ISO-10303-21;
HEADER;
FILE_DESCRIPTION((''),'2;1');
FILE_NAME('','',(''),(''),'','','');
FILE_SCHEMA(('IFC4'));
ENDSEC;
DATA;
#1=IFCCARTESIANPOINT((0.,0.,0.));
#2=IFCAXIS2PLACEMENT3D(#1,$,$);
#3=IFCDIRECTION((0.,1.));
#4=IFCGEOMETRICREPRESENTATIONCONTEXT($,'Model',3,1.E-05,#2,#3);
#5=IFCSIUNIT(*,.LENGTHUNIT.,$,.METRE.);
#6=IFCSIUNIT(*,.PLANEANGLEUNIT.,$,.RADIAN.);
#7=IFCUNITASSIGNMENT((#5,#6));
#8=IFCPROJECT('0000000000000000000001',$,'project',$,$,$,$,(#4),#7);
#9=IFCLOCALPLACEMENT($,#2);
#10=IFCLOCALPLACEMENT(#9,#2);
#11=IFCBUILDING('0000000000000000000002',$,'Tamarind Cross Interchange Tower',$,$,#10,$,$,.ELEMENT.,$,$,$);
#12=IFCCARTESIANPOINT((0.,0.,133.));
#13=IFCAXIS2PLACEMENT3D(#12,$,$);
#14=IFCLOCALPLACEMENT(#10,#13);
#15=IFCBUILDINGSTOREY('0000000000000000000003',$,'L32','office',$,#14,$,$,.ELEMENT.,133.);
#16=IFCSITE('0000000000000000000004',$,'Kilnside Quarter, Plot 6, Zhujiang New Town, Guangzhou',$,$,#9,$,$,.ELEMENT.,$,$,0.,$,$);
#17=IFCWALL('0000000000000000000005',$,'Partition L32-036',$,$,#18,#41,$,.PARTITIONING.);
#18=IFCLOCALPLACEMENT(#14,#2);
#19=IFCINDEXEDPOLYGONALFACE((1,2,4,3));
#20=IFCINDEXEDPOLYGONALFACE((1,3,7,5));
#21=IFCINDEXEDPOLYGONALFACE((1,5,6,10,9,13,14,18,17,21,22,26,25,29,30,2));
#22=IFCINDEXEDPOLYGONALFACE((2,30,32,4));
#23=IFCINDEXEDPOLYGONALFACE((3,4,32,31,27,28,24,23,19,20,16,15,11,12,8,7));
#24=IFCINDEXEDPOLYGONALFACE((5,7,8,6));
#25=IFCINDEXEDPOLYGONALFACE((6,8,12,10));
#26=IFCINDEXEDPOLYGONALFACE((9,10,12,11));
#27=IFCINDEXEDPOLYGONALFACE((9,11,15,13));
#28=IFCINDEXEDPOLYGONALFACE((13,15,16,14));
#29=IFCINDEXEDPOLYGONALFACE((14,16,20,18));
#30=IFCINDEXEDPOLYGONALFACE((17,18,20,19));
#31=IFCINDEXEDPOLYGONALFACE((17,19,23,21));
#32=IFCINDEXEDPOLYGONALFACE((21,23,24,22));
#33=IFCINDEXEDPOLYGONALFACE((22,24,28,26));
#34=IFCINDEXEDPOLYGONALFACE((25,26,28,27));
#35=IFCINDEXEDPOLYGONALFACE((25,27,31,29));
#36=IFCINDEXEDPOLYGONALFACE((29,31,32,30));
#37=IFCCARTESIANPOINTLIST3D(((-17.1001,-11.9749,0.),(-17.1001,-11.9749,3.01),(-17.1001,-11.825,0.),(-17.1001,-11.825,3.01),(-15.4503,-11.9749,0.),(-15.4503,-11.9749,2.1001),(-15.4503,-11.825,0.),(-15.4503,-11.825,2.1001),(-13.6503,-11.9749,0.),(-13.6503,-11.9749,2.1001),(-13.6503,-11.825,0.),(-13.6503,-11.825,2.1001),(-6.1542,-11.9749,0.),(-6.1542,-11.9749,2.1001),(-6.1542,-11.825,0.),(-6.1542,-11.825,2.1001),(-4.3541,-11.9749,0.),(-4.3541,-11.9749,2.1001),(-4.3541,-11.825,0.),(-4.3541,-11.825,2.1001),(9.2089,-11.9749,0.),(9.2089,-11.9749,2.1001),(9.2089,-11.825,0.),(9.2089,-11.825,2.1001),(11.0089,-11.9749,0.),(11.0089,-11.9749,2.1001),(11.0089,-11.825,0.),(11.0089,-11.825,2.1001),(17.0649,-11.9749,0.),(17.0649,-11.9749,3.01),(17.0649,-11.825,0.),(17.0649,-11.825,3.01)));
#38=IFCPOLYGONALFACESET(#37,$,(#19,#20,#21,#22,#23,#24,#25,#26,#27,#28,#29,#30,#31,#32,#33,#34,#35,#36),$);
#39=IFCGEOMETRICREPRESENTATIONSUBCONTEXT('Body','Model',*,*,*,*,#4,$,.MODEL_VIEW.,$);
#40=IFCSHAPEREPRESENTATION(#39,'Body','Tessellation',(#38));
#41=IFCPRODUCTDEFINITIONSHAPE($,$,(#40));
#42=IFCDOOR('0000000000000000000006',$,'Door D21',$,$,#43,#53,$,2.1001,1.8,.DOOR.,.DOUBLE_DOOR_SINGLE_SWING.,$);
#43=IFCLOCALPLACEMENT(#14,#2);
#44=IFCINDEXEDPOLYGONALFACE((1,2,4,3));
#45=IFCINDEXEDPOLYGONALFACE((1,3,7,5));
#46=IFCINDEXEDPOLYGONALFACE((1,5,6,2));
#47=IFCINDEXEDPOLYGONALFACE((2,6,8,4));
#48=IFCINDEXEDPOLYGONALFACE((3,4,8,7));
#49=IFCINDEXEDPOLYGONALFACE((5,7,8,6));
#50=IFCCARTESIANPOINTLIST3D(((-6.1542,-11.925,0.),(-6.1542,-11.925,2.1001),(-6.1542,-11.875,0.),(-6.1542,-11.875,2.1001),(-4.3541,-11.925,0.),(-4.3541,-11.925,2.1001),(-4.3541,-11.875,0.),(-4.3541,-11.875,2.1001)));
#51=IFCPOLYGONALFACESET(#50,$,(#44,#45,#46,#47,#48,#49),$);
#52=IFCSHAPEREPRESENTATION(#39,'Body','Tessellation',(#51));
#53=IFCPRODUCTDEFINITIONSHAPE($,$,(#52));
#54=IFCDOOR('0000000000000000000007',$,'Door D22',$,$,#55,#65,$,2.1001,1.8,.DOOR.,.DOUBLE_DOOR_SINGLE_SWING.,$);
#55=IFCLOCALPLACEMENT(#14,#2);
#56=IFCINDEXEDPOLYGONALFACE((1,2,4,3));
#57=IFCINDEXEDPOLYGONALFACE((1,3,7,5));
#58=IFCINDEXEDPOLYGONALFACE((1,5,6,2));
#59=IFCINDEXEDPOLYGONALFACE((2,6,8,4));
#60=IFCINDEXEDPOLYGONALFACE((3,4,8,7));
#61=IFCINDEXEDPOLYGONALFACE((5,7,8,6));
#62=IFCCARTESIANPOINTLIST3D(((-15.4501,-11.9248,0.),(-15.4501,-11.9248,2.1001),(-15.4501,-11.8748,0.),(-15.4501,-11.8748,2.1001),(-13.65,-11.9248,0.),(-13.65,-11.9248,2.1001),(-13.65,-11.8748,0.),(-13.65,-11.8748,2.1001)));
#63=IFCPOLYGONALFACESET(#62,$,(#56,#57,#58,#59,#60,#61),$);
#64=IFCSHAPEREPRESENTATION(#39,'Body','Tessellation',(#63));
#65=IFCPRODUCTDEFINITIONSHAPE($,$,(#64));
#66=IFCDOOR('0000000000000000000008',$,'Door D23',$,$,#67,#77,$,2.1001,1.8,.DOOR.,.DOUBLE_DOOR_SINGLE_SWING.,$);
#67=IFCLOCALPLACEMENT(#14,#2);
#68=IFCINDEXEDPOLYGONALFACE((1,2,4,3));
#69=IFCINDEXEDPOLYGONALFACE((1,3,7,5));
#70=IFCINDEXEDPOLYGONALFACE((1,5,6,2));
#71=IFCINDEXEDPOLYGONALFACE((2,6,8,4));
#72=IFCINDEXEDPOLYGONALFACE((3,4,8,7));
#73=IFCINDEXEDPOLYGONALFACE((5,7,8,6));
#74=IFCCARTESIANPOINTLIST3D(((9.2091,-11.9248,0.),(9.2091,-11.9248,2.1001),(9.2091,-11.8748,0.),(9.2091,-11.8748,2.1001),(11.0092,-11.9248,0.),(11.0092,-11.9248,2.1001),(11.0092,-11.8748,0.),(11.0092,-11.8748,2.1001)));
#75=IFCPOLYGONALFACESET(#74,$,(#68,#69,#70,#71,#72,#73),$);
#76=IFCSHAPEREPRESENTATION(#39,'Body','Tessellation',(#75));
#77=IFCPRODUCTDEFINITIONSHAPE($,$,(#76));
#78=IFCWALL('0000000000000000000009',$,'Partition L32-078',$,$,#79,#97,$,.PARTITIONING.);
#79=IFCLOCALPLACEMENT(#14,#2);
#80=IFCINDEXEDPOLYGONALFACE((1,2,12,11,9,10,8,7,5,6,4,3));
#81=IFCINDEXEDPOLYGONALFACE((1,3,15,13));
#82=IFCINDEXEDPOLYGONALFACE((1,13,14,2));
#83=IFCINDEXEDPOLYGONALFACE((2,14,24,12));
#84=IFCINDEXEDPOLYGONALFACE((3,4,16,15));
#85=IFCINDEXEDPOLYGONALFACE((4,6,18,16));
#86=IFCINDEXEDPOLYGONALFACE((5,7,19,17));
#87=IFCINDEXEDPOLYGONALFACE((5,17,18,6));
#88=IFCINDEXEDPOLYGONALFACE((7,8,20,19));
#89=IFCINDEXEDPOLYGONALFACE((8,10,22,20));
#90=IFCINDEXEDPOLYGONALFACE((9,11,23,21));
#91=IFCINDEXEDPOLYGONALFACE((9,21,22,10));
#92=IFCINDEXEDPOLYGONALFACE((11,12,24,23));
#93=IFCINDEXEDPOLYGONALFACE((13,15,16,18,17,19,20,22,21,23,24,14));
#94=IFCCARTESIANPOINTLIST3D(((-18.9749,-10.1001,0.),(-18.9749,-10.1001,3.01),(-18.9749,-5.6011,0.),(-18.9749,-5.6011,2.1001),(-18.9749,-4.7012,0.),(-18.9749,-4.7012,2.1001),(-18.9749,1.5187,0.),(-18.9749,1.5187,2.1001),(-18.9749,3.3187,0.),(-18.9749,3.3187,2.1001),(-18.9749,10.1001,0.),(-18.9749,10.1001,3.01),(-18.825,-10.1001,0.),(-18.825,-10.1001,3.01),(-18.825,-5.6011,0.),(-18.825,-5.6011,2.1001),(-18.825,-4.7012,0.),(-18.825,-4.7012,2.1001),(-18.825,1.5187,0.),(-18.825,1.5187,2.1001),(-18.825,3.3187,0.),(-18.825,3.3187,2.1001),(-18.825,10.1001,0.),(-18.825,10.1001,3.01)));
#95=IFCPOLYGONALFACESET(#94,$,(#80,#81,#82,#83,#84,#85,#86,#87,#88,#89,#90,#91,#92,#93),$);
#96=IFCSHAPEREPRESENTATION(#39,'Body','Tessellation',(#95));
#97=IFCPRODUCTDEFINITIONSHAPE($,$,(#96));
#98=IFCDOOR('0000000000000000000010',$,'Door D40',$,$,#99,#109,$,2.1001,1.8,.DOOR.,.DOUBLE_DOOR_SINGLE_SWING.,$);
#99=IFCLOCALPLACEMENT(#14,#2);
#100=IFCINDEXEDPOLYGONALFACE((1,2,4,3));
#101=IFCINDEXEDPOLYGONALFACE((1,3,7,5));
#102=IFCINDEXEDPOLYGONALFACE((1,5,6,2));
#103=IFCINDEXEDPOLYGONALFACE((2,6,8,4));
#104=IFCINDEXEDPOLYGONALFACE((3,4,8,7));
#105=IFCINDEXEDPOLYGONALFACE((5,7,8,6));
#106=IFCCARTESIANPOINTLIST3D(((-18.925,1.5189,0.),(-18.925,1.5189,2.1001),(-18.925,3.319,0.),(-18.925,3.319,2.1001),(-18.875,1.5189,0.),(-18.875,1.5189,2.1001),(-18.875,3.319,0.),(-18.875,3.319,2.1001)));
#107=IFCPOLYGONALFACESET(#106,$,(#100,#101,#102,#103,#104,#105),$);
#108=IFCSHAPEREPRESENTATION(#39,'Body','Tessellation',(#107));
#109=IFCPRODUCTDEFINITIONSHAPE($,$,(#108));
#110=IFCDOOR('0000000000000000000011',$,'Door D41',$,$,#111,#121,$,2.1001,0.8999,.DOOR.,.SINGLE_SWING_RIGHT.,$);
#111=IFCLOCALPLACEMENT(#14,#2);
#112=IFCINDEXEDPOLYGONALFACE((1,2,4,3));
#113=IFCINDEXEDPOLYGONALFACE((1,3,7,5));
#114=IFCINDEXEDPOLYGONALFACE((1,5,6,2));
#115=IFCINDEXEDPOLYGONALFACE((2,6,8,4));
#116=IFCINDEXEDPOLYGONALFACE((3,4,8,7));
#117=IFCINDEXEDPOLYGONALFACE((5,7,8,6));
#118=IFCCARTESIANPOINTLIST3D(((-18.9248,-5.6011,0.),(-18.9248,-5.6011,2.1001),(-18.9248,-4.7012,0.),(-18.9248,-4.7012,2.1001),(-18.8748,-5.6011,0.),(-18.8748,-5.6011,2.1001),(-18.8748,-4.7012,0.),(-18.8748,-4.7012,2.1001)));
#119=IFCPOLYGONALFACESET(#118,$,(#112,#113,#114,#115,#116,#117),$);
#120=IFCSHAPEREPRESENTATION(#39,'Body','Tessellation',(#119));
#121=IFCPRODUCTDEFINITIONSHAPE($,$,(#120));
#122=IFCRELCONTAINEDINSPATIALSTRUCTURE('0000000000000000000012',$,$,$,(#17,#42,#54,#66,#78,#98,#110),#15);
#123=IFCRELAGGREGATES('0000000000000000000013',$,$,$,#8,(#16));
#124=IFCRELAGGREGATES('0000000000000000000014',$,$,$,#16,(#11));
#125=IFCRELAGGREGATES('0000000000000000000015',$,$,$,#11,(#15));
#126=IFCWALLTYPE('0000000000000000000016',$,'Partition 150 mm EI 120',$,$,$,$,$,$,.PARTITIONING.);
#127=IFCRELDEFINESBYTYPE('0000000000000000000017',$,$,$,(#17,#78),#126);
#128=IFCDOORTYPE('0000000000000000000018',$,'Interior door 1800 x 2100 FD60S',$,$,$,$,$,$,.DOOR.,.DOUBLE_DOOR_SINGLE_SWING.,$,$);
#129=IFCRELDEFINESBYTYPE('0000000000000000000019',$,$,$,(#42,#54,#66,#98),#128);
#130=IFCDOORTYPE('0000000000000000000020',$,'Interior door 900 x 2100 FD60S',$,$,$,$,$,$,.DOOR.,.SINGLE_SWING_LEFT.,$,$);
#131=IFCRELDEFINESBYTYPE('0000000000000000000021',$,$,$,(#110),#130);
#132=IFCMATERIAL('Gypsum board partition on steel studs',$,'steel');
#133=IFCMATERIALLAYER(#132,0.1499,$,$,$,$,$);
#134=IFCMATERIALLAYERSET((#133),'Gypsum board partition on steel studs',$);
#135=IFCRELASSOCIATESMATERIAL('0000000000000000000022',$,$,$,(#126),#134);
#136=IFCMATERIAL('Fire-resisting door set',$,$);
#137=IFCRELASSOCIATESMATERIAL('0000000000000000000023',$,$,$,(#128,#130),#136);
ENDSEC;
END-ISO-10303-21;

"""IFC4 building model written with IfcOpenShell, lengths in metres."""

from ifc_helpers import new_model, si_unit, direction, frame, frame_2d, origin, place, context, subcontext, project, spatial, rectangle, extrude, material, layer, layer_set, type_object, element, fill, save


model = new_model("IFC4")

# Units and contexts
model_context = context("Model", 3, precision=1e-05, world=origin(), true_north=direction((0.0, 1.0)))
body_context = subcontext(model_context, "Body", "Model", "MODEL_VIEW")
ifc_project = project(units=[si_unit("LENGTHUNIT", "METRE"), si_unit("PLANEANGLEUNIT", "RADIAN")], contexts=[model_context])

# Site, building, storey
site_placement = place(None, origin())
site = spatial("IfcSite", under=ifc_project, at=site_placement, Name="Kilnside Quarter, Plot 6, Zhujiang New Town, Guangzhou", CompositionType="ELEMENT", RefElevation=0.0)
building_placement = place(site_placement, origin())
building = spatial("IfcBuilding", under=site, at=building_placement, Name="Tamarind Cross Interchange Tower", CompositionType="ELEMENT")
storey_placement = place(building_placement, frame((0.0, 0.0, 133.0)))
storey = spatial("IfcBuildingStorey", under=building, at=storey_placement, Name="L32", Description="office", CompositionType="ELEMENT", Elevation=133.0)

# Shared definitions
ifc_material_1 = material(Name="Gypsum board partition on steel studs", Category="steel")
ifc_layer_1 = layer(ifc_material_1, 0.1499)
ifc_layer_set_1 = layer_set([ifc_layer_1], Name="Gypsum board partition on steel studs")
wall_type_1 = type_object("IfcWallType", Name="Partition 150 mm EI 120", PredefinedType="PARTITIONING", material=ifc_layer_set_1)

# Walls, openings, doors
wall_1_placement = place(storey_placement, frame((-17.1001, -11.8999, 0.0), z_axis=(0.0, 0.0, 1.0), x_axis=(1.0, 0.0, 0.0)))
wall_1 = element("IfcWall", 1, at=wall_1_placement, inside=storey, type_object=wall_type_1, Name="Partition L32-036", PredefinedType="PARTITIONING", context=body_context, shape_type="SweptSolid", body=[
    extrude(rectangle(XDim=34.165, YDim=0.1499, at=frame_2d((17.0825, 0.0))), origin(), (0.0, 0.0, 1.0), 3.01),
])
opening_1_placement = place(wall_1_placement, frame((10.946, 0.0, 0.0)))
opening_1 = element("IfcOpeningElement", 2, at=opening_1_placement, cuts=wall_1, PredefinedType="OPENING", context=body_context, shape_type="SweptSolid", body=[
    extrude(rectangle(XDim=1.8, YDim=2.1001, at=frame_2d((0.8999, 1.05))), frame((0.0, 0.085, 0.0), z_axis=(0.0, -1.0, 0.0), x_axis=(1.0, 0.0, 0.0)), (0.0, 0.0, 1.0), 0.1699),
])
opening_2_placement = place(wall_1_placement, frame((1.6499, 0.0, 0.0)))
opening_2 = element("IfcOpeningElement", 3, at=opening_2_placement, cuts=wall_1, PredefinedType="OPENING", context=body_context, shape_type="SweptSolid", body=[
    extrude(rectangle(XDim=1.8, YDim=2.1001, at=frame_2d((0.8999, 1.05))), frame((0.0, 0.085, 0.0), z_axis=(0.0, -1.0, 0.0), x_axis=(1.0, 0.0, 0.0)), (0.0, 0.0, 1.0), 0.1699),
])
opening_3_placement = place(wall_1_placement, frame((26.3091, 0.0, 0.0)))
opening_3 = element("IfcOpeningElement", 4, at=opening_3_placement, cuts=wall_1, PredefinedType="OPENING", context=body_context, shape_type="SweptSolid", body=[
    extrude(rectangle(XDim=1.8, YDim=2.1001, at=frame_2d((0.8999, 1.05))), frame((0.0, 0.085, 0.0), z_axis=(0.0, -1.0, 0.0), x_axis=(1.0, 0.0, 0.0)), (0.0, 0.0, 1.0), 0.1699),
])
ifc_material_2 = material(Name="Fire-resisting door set")
door_type_1 = type_object("IfcDoorType", Name="Interior door 1800 x 2100 FD60S", OperationType="DOUBLE_DOOR_SINGLE_SWING", PredefinedType="DOOR", material=ifc_material_2)
door_1_placement = place(opening_1_placement, origin())
door_1 = element("IfcDoor", 5, at=door_1_placement, inside=storey, type_object=door_type_1, Name="Door D21", OperationType="DOUBLE_DOOR_SINGLE_SWING", OverallHeight=2.1001, OverallWidth=1.8, PredefinedType="DOOR", context=body_context, shape_type="SweptSolid", body=[
    extrude(rectangle(XDim=1.8, YDim=2.1001, at=frame_2d((0.8999, 1.05))), frame((0.0, 0.0249, 0.0), z_axis=(0.0, -1.0, 0.0), x_axis=(1.0, 0.0, 0.0)), (0.0, 0.0, 1.0), 0.05),
])
fill(opening_1, door_1)
door_2_placement = place(opening_2_placement, frame((1.8, 0.0, 0.0), z_axis=(0.0, 0.0, 1.0), x_axis=(-1.0, 0.0, 0.0)))
door_2 = element("IfcDoor", 6, at=door_2_placement, inside=storey, type_object=door_type_1, Name="Door D22", OperationType="DOUBLE_DOOR_SINGLE_SWING", OverallHeight=2.1001, OverallWidth=1.8, PredefinedType="DOOR", context=body_context, shape_type="SweptSolid", body=[
    extrude(rectangle(XDim=1.8, YDim=2.1001, at=frame_2d((0.8999, 1.05))), frame((0.0, 0.0249, 0.0), z_axis=(0.0, -1.0, 0.0), x_axis=(1.0, 0.0, 0.0)), (0.0, 0.0, 1.0), 0.05),
])
fill(opening_2, door_2)
door_3_placement = place(opening_3_placement, frame((1.8, 0.0, 0.0), z_axis=(0.0, 0.0, 1.0), x_axis=(-1.0, 0.0, 0.0)))
door_3 = element("IfcDoor", 7, at=door_3_placement, inside=storey, type_object=door_type_1, Name="Door D23", OperationType="DOUBLE_DOOR_SINGLE_SWING", OverallHeight=2.1001, OverallWidth=1.8, PredefinedType="DOOR", context=body_context, shape_type="SweptSolid", body=[
    extrude(rectangle(XDim=1.8, YDim=2.1001, at=frame_2d((0.8999, 1.05))), frame((0.0, 0.0249, 0.0), z_axis=(0.0, -1.0, 0.0), x_axis=(1.0, 0.0, 0.0)), (0.0, 0.0, 1.0), 0.05),
])
fill(opening_3, door_3)
wall_2_placement = place(storey_placement, frame((-18.8999, -10.1001, 0.0), z_axis=(0.0, 0.0, 1.0), x_axis=(0.0, 1.0, 0.0)))
wall_2 = element("IfcWall", 8, at=wall_2_placement, inside=storey, type_object=wall_type_1, Name="Partition L32-078", PredefinedType="PARTITIONING", context=body_context, shape_type="SweptSolid", body=[
    extrude(rectangle(XDim=20.2002, YDim=0.1499, at=frame_2d((10.1001, 0.0))), origin(), (0.0, 0.0, 1.0), 3.01),
])
opening_4_placement = place(wall_2_placement, frame((11.6189, 0.0, 0.0)))
opening_4 = element("IfcOpeningElement", 9, at=opening_4_placement, cuts=wall_2, PredefinedType="OPENING", context=body_context, shape_type="SweptSolid", body=[
    extrude(rectangle(XDim=1.8, YDim=2.1001, at=frame_2d((0.8999, 1.05))), frame((0.0, 0.085, 0.0), z_axis=(0.0, -1.0, 0.0), x_axis=(1.0, 0.0, 0.0)), (0.0, 0.0, 1.0), 0.1699),
])
opening_5_placement = place(wall_2_placement, frame((4.499, 0.0, 0.0)))
opening_5 = element("IfcOpeningElement", 10, at=opening_5_placement, cuts=wall_2, PredefinedType="OPENING", context=body_context, shape_type="SweptSolid", body=[
    extrude(rectangle(XDim=0.8999, YDim=2.1001, at=frame_2d((0.45, 1.05))), frame((0.0, 0.085, 0.0), z_axis=(0.0, -1.0, 0.0), x_axis=(1.0, 0.0, 0.0)), (0.0, 0.0, 1.0), 0.1699),
])
door_4_placement = place(opening_4_placement, frame((1.8, 0.0, 0.0), z_axis=(0.0, 0.0, 1.0), x_axis=(-1.0, 0.0, 0.0)))
door_4 = element("IfcDoor", 11, at=door_4_placement, inside=storey, type_object=door_type_1, Name="Door D40", OperationType="DOUBLE_DOOR_SINGLE_SWING", OverallHeight=2.1001, OverallWidth=1.8, PredefinedType="DOOR", context=body_context, shape_type="SweptSolid", body=[
    extrude(rectangle(XDim=1.8, YDim=2.1001, at=frame_2d((0.8999, 1.05))), frame((0.0, 0.0249, 0.0), z_axis=(0.0, -1.0, 0.0), x_axis=(1.0, 0.0, 0.0)), (0.0, 0.0, 1.0), 0.05),
])
fill(opening_4, door_4)
door_type_2 = type_object("IfcDoorType", Name="Interior door 900 x 2100 FD60S", OperationType="SINGLE_SWING_LEFT", PredefinedType="DOOR", material=ifc_material_2)
door_5_placement = place(opening_5_placement, origin())
door_5 = element("IfcDoor", 12, at=door_5_placement, inside=storey, type_object=door_type_2, Name="Door D41", OperationType="SINGLE_SWING_RIGHT", OverallHeight=2.1001, OverallWidth=0.8999, PredefinedType="DOOR", context=body_context, shape_type="SweptSolid", body=[
    extrude(rectangle(XDim=0.8999, YDim=2.1001, at=frame_2d((0.45, 1.05))), frame((0.0, 0.0249, 0.0), z_axis=(0.0, -1.0, 0.0), x_axis=(1.0, 0.0, 0.0)), (0.0, 0.0, 1.0), 0.05),
])
fill(opening_5, door_5)

save(model, "model.ifc")
